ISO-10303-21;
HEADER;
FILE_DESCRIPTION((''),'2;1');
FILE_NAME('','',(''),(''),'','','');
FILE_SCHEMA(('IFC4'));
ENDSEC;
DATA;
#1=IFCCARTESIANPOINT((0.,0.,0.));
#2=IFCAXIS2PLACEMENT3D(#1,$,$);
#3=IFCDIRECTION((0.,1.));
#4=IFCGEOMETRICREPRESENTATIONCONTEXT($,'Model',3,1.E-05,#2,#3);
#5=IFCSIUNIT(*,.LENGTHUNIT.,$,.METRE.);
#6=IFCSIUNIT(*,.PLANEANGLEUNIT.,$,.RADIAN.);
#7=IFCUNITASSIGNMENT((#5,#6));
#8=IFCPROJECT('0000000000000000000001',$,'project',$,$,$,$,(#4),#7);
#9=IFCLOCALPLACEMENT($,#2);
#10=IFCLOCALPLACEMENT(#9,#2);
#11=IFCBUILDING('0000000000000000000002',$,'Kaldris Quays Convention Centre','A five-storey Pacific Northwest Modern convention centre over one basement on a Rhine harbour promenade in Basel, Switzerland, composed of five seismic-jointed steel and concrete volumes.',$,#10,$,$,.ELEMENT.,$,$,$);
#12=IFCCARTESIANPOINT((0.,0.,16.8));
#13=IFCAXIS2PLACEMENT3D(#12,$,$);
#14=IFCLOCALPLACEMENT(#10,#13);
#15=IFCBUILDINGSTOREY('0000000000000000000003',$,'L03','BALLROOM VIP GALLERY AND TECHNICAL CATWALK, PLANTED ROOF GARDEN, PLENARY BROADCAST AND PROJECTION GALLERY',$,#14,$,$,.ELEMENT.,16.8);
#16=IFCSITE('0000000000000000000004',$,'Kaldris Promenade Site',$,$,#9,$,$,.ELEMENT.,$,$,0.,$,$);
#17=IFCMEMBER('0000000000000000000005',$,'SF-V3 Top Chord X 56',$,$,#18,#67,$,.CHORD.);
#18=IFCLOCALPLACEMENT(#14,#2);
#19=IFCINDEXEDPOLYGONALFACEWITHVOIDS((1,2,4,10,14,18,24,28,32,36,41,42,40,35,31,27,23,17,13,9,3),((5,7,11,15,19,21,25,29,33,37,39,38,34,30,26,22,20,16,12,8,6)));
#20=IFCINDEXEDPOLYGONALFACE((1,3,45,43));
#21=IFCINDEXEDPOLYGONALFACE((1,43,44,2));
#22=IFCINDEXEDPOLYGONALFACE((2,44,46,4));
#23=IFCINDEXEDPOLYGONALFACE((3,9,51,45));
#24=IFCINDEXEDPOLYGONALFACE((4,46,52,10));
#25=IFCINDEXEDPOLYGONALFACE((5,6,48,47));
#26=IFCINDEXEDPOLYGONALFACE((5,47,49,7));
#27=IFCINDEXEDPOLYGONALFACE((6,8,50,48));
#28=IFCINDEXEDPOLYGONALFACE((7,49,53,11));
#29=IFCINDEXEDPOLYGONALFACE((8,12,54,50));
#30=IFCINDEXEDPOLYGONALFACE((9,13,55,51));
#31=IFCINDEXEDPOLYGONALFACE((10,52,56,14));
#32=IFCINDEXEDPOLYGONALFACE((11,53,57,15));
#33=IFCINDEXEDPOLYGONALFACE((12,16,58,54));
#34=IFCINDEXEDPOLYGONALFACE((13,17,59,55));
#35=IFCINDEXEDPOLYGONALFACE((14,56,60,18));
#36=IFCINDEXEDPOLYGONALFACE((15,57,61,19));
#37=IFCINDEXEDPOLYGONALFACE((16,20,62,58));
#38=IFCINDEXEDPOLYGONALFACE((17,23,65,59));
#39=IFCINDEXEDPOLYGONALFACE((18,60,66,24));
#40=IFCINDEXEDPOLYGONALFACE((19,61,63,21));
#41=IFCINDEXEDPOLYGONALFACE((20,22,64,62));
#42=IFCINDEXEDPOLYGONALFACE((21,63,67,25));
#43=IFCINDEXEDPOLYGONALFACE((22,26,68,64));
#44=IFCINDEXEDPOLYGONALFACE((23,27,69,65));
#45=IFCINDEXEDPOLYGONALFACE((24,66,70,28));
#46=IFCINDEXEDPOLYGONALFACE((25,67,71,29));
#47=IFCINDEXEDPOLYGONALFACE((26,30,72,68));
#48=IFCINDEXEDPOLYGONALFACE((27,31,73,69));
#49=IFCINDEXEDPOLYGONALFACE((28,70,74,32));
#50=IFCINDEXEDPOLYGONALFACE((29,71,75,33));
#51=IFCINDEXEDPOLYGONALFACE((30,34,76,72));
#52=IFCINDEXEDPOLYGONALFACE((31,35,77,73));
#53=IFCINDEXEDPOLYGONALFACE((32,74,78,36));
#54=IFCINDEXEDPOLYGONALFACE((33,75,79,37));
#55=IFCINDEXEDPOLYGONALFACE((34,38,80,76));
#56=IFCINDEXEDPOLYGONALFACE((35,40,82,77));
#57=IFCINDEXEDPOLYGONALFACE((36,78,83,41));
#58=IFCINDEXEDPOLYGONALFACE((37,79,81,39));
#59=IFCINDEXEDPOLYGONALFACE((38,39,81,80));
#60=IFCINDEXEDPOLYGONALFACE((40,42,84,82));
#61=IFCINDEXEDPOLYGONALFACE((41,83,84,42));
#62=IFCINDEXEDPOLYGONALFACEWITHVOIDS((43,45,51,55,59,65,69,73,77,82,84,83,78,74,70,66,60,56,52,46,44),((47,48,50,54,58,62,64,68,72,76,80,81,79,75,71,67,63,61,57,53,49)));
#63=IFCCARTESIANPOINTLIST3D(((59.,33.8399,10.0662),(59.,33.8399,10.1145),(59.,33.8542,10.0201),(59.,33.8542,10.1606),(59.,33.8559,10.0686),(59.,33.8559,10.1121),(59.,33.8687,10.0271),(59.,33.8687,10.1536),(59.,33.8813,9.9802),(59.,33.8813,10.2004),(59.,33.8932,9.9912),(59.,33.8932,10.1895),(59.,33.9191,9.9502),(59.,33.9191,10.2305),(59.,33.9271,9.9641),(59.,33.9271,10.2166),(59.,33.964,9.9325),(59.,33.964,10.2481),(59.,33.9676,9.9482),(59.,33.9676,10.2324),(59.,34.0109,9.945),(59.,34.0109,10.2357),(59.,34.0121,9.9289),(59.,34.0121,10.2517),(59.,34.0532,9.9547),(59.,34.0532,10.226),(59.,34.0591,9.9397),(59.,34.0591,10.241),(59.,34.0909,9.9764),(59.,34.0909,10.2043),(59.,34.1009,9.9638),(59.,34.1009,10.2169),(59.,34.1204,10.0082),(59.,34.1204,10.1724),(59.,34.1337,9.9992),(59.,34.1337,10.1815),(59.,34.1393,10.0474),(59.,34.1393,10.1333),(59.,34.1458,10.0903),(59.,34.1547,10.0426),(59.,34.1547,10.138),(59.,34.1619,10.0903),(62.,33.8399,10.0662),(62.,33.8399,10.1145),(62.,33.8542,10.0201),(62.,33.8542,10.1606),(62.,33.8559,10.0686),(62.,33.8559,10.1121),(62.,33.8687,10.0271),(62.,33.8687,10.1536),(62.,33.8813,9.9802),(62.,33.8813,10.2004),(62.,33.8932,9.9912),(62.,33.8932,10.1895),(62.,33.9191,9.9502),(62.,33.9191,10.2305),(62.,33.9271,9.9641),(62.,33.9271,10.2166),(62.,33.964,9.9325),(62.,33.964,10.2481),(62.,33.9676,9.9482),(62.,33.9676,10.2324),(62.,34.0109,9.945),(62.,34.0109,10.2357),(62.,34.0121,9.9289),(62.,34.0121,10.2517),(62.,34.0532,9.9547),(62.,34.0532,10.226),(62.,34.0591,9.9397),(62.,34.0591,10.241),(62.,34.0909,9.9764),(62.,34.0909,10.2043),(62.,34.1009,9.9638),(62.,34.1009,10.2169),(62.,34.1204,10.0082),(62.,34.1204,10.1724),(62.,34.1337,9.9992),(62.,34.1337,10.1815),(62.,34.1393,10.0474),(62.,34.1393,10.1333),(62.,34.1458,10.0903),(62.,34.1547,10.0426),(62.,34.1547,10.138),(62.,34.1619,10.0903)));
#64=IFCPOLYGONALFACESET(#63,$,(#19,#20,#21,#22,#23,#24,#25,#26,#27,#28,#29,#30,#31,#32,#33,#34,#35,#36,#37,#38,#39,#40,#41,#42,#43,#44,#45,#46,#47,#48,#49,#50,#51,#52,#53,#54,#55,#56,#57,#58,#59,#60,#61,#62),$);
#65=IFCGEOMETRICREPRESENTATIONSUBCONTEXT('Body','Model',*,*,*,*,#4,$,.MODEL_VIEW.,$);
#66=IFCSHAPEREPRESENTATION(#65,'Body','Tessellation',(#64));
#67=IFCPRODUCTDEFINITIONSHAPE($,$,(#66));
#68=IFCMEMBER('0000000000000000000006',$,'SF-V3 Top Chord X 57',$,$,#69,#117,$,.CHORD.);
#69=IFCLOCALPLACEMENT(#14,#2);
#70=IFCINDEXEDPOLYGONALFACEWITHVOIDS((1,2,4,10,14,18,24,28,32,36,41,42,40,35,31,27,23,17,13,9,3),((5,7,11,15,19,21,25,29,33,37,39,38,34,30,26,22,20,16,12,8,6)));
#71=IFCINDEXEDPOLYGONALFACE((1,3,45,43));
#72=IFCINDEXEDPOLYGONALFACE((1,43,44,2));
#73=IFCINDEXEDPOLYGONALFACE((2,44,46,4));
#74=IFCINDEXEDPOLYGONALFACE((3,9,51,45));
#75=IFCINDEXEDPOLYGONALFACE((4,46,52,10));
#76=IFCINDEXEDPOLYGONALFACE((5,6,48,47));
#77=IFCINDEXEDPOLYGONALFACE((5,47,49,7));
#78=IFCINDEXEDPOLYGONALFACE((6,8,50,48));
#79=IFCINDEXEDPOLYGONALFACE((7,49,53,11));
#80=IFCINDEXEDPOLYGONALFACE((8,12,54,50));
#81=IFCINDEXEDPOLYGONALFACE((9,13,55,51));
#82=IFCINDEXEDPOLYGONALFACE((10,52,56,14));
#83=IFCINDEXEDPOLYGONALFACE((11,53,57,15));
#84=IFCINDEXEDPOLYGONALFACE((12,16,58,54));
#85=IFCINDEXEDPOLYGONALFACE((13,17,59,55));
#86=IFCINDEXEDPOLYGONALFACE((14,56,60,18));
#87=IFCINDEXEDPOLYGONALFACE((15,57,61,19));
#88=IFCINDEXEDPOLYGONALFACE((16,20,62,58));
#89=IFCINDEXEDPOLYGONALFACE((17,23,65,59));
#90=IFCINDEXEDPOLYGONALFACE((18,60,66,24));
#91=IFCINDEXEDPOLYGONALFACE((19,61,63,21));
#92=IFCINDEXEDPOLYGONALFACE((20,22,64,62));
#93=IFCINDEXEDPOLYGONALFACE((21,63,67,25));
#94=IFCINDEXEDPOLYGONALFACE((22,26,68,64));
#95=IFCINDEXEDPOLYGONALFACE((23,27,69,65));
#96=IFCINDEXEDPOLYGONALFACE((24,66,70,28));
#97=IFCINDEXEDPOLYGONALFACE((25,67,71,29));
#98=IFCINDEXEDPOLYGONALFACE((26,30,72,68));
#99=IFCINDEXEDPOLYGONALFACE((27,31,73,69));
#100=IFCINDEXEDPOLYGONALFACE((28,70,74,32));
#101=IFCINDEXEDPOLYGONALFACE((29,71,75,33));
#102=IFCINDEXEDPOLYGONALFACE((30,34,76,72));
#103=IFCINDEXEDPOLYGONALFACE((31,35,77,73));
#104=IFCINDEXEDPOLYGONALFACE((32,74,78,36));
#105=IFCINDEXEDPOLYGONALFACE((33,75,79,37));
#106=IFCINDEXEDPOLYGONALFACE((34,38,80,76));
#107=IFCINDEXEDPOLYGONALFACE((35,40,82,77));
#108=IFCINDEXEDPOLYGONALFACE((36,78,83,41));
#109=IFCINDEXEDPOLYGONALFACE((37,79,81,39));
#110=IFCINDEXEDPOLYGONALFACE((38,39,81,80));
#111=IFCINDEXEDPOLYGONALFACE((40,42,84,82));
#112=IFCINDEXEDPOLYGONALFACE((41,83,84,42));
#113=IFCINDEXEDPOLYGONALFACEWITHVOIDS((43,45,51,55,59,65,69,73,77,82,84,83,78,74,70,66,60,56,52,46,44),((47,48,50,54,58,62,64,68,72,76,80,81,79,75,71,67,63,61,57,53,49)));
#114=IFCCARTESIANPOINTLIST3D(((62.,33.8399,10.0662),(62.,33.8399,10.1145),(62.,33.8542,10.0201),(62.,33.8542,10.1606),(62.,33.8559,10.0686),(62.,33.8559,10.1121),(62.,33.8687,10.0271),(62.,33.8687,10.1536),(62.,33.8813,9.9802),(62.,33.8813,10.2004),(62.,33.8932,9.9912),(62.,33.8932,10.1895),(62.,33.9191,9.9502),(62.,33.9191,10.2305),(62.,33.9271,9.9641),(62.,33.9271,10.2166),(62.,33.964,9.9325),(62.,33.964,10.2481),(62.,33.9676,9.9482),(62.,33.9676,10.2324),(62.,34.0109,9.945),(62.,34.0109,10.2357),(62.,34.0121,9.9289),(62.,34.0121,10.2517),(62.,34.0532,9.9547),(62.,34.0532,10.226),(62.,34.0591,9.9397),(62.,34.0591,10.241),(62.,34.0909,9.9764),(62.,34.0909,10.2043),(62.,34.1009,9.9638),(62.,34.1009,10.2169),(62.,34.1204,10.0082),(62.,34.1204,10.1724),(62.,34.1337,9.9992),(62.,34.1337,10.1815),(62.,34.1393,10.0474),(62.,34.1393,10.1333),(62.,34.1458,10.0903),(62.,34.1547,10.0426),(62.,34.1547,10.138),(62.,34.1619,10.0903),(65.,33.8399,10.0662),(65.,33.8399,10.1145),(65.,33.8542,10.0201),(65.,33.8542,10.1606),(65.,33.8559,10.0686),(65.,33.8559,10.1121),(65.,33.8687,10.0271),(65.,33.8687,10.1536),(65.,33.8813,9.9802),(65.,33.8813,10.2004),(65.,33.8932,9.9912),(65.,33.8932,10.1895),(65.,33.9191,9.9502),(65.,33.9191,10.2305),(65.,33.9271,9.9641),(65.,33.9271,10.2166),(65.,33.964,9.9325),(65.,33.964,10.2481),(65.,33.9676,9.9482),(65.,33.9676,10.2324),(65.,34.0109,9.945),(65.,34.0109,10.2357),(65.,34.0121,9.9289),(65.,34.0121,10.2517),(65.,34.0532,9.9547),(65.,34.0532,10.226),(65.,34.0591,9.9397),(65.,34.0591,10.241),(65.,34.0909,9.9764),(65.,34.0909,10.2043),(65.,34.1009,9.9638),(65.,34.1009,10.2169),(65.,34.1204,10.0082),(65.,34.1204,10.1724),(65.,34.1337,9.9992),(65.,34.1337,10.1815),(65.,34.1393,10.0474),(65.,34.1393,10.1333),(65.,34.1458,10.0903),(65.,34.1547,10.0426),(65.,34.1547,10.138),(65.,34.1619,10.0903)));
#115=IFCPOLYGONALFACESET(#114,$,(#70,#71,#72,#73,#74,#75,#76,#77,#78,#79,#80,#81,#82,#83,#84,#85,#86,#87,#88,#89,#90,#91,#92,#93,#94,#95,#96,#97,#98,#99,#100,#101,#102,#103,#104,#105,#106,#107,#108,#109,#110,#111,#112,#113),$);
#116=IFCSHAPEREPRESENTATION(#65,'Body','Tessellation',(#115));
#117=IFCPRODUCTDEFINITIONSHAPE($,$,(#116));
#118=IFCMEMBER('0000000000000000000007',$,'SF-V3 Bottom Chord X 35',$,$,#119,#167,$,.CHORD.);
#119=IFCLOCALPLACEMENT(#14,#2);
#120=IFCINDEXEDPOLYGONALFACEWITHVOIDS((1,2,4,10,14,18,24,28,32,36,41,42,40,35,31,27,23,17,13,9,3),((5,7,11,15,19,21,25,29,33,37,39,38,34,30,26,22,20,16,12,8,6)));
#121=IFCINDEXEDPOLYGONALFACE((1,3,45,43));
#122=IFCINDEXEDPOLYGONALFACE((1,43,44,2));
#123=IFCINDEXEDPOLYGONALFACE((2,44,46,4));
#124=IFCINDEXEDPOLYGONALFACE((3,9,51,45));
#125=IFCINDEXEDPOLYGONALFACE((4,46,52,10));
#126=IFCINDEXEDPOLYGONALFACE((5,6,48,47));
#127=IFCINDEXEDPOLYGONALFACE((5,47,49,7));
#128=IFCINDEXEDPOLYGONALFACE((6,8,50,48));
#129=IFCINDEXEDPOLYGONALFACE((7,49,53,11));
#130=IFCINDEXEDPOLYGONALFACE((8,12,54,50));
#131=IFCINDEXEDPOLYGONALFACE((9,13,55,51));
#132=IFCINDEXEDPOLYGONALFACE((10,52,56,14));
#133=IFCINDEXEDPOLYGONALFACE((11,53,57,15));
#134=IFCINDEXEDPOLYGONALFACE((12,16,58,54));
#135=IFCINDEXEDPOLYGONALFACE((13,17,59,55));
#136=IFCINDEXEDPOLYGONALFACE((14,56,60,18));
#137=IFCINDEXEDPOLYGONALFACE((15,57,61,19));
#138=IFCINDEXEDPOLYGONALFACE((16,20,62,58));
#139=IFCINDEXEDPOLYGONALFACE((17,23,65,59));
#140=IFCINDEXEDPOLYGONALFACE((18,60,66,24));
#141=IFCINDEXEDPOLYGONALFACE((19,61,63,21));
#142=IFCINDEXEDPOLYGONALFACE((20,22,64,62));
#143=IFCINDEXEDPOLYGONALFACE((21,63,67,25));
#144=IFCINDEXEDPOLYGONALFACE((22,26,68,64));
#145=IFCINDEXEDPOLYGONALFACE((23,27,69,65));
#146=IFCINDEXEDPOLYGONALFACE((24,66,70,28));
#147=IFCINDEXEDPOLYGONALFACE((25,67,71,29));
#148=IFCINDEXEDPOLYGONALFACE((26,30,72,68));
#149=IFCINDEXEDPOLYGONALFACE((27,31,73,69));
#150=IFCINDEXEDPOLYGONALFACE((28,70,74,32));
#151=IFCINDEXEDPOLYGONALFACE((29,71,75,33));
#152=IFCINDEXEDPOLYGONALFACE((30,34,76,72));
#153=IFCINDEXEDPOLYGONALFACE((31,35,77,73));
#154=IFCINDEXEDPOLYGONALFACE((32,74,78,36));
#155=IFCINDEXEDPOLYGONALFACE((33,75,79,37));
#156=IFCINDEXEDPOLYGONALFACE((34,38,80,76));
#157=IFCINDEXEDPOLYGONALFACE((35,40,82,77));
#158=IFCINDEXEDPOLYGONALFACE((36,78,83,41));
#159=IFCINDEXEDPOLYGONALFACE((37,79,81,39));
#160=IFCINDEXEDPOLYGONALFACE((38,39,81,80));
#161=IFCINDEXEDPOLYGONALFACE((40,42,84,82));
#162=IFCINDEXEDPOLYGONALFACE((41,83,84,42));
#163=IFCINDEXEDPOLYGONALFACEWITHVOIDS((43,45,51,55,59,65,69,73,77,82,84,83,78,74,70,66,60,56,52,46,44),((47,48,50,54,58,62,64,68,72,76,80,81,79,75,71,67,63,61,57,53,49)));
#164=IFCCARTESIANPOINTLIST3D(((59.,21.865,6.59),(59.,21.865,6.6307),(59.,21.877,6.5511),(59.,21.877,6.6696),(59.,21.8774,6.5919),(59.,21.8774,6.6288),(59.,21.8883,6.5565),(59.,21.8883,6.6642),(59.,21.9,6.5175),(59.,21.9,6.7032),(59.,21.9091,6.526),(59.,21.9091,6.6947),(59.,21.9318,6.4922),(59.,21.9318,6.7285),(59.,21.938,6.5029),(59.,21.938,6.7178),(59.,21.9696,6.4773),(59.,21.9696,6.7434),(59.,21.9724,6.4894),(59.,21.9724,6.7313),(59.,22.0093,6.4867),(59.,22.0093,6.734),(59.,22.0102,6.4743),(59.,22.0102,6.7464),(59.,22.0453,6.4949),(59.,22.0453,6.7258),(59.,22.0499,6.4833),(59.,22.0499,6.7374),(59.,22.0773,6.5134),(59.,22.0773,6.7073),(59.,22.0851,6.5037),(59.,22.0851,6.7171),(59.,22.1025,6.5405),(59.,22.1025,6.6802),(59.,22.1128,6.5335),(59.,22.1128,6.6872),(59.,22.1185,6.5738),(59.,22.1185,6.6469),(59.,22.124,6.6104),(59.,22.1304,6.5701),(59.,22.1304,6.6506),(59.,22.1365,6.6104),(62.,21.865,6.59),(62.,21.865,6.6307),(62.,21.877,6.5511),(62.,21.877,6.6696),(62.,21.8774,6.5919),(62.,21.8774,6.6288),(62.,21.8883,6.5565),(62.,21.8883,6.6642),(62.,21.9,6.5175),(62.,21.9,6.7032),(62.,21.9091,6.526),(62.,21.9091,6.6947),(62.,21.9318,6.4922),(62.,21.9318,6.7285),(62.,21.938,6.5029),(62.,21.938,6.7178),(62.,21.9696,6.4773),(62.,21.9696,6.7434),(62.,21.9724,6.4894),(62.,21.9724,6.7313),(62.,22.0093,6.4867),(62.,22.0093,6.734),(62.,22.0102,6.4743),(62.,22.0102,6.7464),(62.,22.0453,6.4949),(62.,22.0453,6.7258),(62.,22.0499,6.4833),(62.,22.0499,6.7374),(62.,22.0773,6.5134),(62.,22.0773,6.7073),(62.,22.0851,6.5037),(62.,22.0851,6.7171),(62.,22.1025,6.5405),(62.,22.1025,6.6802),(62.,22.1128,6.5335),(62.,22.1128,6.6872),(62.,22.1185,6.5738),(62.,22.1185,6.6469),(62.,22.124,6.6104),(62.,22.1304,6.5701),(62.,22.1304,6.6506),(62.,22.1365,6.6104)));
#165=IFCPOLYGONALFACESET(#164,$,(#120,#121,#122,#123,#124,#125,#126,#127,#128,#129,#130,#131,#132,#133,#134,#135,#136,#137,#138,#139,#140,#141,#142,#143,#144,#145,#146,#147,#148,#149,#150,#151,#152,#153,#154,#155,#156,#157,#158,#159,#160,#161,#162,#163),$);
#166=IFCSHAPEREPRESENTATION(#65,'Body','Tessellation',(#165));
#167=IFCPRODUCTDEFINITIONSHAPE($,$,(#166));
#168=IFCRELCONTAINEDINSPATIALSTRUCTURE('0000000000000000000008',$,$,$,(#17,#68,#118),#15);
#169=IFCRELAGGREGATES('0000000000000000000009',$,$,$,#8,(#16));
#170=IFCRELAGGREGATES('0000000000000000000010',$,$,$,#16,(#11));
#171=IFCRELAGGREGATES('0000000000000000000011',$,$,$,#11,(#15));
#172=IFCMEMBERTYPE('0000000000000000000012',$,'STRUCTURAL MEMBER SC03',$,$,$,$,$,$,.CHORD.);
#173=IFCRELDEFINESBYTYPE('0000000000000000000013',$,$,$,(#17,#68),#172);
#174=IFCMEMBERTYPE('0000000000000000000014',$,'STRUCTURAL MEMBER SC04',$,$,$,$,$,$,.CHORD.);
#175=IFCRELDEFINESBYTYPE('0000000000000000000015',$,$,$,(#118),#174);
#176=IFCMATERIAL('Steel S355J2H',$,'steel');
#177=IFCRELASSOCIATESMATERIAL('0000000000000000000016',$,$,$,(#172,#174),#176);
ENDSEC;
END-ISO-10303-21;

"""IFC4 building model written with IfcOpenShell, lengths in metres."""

from ifc_helpers import new_model, si_unit, direction, frame, origin, origin_2d, place, context, subcontext, project, spatial, hollow_circle, extrude, material, material_profile, profile_set, type_object, element, save


model = new_model("IFC4")

# Units and contexts
model_context = context("Model", 3, precision=1e-05, world=origin(), true_north=direction((0.0, 1.0)))
body_context = subcontext(model_context, "Body", "Model", "MODEL_VIEW")
ifc_project = project(units=[si_unit("LENGTHUNIT", "METRE"), si_unit("PLANEANGLEUNIT", "RADIAN")], contexts=[model_context])

# Site, building, storey
site_placement = place(None, origin())
site = spatial("IfcSite", under=ifc_project, at=site_placement, Name="Kaldris Promenade Site", CompositionType="ELEMENT", RefElevation=0.0)
building_placement = place(site_placement, origin())
building = spatial("IfcBuilding", under=site, at=building_placement, Name="Kaldris Quays Convention Centre", Description="A five-storey Pacific Northwest Modern convention centre over one basement on a Rhine harbour promenade in Basel, Switzerland, composed of five seismic-jointed steel and concrete volumes.", CompositionType="ELEMENT")
storey_placement = place(building_placement, frame((0.0, 0.0, 16.8)))
storey = spatial("IfcBuildingStorey", under=building, at=storey_placement, Name="L03", Description="BALLROOM VIP GALLERY AND TECHNICAL CATWALK, PLANTED ROOF GARDEN, PLENARY BROADCAST AND PROJECTION GALLERY", CompositionType="ELEMENT", Elevation=16.8)

# Members
ifc_material_1 = material(Name="Steel S355J2H", Category="steel")
ifc_material_profile_1 = material_profile(ifc_material_1, hollow_circle(Radius=0.1619, WallThickness=0.0161, at=origin_2d()), Name="CHS 323.9x16")
ifc_profile_set_1 = profile_set([ifc_material_profile_1], Name="Steel S355J2H")
member_type_1 = type_object("IfcMemberType", Name="STRUCTURAL MEMBER SC03", PredefinedType="CHORD", material=ifc_profile_set_1)
for number, where, z_axis, x_axis, name in (
    (1, (59.0, 34.0, 10.0903), (1.0, 0.0, 0.0), (0.0, 1.0, 0.0), "SF-V3 Top Chord X 56"),
    (2, (62.0, 34.0, 10.0903), (1.0, 0.0, 0.0), (0.0, 1.0, 0.0), "SF-V3 Top Chord X 57"),
):
    element("IfcMember", number, at=place(storey_placement, frame(where, z_axis=z_axis, x_axis=x_axis)), inside=storey, type_object=member_type_1, Name=name, PredefinedType="CHORD", context=body_context, shape_type="SweptSolid", body=[
        extrude(hollow_circle(Radius=0.1619, WallThickness=0.0161, at=origin_2d()), origin(), (0.0, 0.0, 1.0), 3.0),
    ])
ifc_material_profile_2 = material_profile(ifc_material_1, hollow_circle(Radius=0.1365, WallThickness=0.0125, at=origin_2d()), Name="CHS 273x12.5")
ifc_profile_set_2 = profile_set([ifc_material_profile_2], Name="Steel S355J2H")
member_type_2 = type_object("IfcMemberType", Name="STRUCTURAL MEMBER SC04", PredefinedType="CHORD", material=ifc_profile_set_2)
for number, where, z_axis, x_axis, name in (
    (3, (59.0, 22.0, 6.6104), (1.0, 0.0, 0.0), (0.0, 1.0, 0.0), "SF-V3 Bottom Chord X 35"),
):
    element("IfcMember", number, at=place(storey_placement, frame(where, z_axis=z_axis, x_axis=x_axis)), inside=storey, type_object=member_type_2, Name=name, PredefinedType="CHORD", context=body_context, shape_type="SweptSolid", body=[
        extrude(hollow_circle(Radius=0.1365, WallThickness=0.0125, at=origin_2d()), origin(), (0.0, 0.0, 1.0), 3.0),
    ])

save(model, "model.ifc")
